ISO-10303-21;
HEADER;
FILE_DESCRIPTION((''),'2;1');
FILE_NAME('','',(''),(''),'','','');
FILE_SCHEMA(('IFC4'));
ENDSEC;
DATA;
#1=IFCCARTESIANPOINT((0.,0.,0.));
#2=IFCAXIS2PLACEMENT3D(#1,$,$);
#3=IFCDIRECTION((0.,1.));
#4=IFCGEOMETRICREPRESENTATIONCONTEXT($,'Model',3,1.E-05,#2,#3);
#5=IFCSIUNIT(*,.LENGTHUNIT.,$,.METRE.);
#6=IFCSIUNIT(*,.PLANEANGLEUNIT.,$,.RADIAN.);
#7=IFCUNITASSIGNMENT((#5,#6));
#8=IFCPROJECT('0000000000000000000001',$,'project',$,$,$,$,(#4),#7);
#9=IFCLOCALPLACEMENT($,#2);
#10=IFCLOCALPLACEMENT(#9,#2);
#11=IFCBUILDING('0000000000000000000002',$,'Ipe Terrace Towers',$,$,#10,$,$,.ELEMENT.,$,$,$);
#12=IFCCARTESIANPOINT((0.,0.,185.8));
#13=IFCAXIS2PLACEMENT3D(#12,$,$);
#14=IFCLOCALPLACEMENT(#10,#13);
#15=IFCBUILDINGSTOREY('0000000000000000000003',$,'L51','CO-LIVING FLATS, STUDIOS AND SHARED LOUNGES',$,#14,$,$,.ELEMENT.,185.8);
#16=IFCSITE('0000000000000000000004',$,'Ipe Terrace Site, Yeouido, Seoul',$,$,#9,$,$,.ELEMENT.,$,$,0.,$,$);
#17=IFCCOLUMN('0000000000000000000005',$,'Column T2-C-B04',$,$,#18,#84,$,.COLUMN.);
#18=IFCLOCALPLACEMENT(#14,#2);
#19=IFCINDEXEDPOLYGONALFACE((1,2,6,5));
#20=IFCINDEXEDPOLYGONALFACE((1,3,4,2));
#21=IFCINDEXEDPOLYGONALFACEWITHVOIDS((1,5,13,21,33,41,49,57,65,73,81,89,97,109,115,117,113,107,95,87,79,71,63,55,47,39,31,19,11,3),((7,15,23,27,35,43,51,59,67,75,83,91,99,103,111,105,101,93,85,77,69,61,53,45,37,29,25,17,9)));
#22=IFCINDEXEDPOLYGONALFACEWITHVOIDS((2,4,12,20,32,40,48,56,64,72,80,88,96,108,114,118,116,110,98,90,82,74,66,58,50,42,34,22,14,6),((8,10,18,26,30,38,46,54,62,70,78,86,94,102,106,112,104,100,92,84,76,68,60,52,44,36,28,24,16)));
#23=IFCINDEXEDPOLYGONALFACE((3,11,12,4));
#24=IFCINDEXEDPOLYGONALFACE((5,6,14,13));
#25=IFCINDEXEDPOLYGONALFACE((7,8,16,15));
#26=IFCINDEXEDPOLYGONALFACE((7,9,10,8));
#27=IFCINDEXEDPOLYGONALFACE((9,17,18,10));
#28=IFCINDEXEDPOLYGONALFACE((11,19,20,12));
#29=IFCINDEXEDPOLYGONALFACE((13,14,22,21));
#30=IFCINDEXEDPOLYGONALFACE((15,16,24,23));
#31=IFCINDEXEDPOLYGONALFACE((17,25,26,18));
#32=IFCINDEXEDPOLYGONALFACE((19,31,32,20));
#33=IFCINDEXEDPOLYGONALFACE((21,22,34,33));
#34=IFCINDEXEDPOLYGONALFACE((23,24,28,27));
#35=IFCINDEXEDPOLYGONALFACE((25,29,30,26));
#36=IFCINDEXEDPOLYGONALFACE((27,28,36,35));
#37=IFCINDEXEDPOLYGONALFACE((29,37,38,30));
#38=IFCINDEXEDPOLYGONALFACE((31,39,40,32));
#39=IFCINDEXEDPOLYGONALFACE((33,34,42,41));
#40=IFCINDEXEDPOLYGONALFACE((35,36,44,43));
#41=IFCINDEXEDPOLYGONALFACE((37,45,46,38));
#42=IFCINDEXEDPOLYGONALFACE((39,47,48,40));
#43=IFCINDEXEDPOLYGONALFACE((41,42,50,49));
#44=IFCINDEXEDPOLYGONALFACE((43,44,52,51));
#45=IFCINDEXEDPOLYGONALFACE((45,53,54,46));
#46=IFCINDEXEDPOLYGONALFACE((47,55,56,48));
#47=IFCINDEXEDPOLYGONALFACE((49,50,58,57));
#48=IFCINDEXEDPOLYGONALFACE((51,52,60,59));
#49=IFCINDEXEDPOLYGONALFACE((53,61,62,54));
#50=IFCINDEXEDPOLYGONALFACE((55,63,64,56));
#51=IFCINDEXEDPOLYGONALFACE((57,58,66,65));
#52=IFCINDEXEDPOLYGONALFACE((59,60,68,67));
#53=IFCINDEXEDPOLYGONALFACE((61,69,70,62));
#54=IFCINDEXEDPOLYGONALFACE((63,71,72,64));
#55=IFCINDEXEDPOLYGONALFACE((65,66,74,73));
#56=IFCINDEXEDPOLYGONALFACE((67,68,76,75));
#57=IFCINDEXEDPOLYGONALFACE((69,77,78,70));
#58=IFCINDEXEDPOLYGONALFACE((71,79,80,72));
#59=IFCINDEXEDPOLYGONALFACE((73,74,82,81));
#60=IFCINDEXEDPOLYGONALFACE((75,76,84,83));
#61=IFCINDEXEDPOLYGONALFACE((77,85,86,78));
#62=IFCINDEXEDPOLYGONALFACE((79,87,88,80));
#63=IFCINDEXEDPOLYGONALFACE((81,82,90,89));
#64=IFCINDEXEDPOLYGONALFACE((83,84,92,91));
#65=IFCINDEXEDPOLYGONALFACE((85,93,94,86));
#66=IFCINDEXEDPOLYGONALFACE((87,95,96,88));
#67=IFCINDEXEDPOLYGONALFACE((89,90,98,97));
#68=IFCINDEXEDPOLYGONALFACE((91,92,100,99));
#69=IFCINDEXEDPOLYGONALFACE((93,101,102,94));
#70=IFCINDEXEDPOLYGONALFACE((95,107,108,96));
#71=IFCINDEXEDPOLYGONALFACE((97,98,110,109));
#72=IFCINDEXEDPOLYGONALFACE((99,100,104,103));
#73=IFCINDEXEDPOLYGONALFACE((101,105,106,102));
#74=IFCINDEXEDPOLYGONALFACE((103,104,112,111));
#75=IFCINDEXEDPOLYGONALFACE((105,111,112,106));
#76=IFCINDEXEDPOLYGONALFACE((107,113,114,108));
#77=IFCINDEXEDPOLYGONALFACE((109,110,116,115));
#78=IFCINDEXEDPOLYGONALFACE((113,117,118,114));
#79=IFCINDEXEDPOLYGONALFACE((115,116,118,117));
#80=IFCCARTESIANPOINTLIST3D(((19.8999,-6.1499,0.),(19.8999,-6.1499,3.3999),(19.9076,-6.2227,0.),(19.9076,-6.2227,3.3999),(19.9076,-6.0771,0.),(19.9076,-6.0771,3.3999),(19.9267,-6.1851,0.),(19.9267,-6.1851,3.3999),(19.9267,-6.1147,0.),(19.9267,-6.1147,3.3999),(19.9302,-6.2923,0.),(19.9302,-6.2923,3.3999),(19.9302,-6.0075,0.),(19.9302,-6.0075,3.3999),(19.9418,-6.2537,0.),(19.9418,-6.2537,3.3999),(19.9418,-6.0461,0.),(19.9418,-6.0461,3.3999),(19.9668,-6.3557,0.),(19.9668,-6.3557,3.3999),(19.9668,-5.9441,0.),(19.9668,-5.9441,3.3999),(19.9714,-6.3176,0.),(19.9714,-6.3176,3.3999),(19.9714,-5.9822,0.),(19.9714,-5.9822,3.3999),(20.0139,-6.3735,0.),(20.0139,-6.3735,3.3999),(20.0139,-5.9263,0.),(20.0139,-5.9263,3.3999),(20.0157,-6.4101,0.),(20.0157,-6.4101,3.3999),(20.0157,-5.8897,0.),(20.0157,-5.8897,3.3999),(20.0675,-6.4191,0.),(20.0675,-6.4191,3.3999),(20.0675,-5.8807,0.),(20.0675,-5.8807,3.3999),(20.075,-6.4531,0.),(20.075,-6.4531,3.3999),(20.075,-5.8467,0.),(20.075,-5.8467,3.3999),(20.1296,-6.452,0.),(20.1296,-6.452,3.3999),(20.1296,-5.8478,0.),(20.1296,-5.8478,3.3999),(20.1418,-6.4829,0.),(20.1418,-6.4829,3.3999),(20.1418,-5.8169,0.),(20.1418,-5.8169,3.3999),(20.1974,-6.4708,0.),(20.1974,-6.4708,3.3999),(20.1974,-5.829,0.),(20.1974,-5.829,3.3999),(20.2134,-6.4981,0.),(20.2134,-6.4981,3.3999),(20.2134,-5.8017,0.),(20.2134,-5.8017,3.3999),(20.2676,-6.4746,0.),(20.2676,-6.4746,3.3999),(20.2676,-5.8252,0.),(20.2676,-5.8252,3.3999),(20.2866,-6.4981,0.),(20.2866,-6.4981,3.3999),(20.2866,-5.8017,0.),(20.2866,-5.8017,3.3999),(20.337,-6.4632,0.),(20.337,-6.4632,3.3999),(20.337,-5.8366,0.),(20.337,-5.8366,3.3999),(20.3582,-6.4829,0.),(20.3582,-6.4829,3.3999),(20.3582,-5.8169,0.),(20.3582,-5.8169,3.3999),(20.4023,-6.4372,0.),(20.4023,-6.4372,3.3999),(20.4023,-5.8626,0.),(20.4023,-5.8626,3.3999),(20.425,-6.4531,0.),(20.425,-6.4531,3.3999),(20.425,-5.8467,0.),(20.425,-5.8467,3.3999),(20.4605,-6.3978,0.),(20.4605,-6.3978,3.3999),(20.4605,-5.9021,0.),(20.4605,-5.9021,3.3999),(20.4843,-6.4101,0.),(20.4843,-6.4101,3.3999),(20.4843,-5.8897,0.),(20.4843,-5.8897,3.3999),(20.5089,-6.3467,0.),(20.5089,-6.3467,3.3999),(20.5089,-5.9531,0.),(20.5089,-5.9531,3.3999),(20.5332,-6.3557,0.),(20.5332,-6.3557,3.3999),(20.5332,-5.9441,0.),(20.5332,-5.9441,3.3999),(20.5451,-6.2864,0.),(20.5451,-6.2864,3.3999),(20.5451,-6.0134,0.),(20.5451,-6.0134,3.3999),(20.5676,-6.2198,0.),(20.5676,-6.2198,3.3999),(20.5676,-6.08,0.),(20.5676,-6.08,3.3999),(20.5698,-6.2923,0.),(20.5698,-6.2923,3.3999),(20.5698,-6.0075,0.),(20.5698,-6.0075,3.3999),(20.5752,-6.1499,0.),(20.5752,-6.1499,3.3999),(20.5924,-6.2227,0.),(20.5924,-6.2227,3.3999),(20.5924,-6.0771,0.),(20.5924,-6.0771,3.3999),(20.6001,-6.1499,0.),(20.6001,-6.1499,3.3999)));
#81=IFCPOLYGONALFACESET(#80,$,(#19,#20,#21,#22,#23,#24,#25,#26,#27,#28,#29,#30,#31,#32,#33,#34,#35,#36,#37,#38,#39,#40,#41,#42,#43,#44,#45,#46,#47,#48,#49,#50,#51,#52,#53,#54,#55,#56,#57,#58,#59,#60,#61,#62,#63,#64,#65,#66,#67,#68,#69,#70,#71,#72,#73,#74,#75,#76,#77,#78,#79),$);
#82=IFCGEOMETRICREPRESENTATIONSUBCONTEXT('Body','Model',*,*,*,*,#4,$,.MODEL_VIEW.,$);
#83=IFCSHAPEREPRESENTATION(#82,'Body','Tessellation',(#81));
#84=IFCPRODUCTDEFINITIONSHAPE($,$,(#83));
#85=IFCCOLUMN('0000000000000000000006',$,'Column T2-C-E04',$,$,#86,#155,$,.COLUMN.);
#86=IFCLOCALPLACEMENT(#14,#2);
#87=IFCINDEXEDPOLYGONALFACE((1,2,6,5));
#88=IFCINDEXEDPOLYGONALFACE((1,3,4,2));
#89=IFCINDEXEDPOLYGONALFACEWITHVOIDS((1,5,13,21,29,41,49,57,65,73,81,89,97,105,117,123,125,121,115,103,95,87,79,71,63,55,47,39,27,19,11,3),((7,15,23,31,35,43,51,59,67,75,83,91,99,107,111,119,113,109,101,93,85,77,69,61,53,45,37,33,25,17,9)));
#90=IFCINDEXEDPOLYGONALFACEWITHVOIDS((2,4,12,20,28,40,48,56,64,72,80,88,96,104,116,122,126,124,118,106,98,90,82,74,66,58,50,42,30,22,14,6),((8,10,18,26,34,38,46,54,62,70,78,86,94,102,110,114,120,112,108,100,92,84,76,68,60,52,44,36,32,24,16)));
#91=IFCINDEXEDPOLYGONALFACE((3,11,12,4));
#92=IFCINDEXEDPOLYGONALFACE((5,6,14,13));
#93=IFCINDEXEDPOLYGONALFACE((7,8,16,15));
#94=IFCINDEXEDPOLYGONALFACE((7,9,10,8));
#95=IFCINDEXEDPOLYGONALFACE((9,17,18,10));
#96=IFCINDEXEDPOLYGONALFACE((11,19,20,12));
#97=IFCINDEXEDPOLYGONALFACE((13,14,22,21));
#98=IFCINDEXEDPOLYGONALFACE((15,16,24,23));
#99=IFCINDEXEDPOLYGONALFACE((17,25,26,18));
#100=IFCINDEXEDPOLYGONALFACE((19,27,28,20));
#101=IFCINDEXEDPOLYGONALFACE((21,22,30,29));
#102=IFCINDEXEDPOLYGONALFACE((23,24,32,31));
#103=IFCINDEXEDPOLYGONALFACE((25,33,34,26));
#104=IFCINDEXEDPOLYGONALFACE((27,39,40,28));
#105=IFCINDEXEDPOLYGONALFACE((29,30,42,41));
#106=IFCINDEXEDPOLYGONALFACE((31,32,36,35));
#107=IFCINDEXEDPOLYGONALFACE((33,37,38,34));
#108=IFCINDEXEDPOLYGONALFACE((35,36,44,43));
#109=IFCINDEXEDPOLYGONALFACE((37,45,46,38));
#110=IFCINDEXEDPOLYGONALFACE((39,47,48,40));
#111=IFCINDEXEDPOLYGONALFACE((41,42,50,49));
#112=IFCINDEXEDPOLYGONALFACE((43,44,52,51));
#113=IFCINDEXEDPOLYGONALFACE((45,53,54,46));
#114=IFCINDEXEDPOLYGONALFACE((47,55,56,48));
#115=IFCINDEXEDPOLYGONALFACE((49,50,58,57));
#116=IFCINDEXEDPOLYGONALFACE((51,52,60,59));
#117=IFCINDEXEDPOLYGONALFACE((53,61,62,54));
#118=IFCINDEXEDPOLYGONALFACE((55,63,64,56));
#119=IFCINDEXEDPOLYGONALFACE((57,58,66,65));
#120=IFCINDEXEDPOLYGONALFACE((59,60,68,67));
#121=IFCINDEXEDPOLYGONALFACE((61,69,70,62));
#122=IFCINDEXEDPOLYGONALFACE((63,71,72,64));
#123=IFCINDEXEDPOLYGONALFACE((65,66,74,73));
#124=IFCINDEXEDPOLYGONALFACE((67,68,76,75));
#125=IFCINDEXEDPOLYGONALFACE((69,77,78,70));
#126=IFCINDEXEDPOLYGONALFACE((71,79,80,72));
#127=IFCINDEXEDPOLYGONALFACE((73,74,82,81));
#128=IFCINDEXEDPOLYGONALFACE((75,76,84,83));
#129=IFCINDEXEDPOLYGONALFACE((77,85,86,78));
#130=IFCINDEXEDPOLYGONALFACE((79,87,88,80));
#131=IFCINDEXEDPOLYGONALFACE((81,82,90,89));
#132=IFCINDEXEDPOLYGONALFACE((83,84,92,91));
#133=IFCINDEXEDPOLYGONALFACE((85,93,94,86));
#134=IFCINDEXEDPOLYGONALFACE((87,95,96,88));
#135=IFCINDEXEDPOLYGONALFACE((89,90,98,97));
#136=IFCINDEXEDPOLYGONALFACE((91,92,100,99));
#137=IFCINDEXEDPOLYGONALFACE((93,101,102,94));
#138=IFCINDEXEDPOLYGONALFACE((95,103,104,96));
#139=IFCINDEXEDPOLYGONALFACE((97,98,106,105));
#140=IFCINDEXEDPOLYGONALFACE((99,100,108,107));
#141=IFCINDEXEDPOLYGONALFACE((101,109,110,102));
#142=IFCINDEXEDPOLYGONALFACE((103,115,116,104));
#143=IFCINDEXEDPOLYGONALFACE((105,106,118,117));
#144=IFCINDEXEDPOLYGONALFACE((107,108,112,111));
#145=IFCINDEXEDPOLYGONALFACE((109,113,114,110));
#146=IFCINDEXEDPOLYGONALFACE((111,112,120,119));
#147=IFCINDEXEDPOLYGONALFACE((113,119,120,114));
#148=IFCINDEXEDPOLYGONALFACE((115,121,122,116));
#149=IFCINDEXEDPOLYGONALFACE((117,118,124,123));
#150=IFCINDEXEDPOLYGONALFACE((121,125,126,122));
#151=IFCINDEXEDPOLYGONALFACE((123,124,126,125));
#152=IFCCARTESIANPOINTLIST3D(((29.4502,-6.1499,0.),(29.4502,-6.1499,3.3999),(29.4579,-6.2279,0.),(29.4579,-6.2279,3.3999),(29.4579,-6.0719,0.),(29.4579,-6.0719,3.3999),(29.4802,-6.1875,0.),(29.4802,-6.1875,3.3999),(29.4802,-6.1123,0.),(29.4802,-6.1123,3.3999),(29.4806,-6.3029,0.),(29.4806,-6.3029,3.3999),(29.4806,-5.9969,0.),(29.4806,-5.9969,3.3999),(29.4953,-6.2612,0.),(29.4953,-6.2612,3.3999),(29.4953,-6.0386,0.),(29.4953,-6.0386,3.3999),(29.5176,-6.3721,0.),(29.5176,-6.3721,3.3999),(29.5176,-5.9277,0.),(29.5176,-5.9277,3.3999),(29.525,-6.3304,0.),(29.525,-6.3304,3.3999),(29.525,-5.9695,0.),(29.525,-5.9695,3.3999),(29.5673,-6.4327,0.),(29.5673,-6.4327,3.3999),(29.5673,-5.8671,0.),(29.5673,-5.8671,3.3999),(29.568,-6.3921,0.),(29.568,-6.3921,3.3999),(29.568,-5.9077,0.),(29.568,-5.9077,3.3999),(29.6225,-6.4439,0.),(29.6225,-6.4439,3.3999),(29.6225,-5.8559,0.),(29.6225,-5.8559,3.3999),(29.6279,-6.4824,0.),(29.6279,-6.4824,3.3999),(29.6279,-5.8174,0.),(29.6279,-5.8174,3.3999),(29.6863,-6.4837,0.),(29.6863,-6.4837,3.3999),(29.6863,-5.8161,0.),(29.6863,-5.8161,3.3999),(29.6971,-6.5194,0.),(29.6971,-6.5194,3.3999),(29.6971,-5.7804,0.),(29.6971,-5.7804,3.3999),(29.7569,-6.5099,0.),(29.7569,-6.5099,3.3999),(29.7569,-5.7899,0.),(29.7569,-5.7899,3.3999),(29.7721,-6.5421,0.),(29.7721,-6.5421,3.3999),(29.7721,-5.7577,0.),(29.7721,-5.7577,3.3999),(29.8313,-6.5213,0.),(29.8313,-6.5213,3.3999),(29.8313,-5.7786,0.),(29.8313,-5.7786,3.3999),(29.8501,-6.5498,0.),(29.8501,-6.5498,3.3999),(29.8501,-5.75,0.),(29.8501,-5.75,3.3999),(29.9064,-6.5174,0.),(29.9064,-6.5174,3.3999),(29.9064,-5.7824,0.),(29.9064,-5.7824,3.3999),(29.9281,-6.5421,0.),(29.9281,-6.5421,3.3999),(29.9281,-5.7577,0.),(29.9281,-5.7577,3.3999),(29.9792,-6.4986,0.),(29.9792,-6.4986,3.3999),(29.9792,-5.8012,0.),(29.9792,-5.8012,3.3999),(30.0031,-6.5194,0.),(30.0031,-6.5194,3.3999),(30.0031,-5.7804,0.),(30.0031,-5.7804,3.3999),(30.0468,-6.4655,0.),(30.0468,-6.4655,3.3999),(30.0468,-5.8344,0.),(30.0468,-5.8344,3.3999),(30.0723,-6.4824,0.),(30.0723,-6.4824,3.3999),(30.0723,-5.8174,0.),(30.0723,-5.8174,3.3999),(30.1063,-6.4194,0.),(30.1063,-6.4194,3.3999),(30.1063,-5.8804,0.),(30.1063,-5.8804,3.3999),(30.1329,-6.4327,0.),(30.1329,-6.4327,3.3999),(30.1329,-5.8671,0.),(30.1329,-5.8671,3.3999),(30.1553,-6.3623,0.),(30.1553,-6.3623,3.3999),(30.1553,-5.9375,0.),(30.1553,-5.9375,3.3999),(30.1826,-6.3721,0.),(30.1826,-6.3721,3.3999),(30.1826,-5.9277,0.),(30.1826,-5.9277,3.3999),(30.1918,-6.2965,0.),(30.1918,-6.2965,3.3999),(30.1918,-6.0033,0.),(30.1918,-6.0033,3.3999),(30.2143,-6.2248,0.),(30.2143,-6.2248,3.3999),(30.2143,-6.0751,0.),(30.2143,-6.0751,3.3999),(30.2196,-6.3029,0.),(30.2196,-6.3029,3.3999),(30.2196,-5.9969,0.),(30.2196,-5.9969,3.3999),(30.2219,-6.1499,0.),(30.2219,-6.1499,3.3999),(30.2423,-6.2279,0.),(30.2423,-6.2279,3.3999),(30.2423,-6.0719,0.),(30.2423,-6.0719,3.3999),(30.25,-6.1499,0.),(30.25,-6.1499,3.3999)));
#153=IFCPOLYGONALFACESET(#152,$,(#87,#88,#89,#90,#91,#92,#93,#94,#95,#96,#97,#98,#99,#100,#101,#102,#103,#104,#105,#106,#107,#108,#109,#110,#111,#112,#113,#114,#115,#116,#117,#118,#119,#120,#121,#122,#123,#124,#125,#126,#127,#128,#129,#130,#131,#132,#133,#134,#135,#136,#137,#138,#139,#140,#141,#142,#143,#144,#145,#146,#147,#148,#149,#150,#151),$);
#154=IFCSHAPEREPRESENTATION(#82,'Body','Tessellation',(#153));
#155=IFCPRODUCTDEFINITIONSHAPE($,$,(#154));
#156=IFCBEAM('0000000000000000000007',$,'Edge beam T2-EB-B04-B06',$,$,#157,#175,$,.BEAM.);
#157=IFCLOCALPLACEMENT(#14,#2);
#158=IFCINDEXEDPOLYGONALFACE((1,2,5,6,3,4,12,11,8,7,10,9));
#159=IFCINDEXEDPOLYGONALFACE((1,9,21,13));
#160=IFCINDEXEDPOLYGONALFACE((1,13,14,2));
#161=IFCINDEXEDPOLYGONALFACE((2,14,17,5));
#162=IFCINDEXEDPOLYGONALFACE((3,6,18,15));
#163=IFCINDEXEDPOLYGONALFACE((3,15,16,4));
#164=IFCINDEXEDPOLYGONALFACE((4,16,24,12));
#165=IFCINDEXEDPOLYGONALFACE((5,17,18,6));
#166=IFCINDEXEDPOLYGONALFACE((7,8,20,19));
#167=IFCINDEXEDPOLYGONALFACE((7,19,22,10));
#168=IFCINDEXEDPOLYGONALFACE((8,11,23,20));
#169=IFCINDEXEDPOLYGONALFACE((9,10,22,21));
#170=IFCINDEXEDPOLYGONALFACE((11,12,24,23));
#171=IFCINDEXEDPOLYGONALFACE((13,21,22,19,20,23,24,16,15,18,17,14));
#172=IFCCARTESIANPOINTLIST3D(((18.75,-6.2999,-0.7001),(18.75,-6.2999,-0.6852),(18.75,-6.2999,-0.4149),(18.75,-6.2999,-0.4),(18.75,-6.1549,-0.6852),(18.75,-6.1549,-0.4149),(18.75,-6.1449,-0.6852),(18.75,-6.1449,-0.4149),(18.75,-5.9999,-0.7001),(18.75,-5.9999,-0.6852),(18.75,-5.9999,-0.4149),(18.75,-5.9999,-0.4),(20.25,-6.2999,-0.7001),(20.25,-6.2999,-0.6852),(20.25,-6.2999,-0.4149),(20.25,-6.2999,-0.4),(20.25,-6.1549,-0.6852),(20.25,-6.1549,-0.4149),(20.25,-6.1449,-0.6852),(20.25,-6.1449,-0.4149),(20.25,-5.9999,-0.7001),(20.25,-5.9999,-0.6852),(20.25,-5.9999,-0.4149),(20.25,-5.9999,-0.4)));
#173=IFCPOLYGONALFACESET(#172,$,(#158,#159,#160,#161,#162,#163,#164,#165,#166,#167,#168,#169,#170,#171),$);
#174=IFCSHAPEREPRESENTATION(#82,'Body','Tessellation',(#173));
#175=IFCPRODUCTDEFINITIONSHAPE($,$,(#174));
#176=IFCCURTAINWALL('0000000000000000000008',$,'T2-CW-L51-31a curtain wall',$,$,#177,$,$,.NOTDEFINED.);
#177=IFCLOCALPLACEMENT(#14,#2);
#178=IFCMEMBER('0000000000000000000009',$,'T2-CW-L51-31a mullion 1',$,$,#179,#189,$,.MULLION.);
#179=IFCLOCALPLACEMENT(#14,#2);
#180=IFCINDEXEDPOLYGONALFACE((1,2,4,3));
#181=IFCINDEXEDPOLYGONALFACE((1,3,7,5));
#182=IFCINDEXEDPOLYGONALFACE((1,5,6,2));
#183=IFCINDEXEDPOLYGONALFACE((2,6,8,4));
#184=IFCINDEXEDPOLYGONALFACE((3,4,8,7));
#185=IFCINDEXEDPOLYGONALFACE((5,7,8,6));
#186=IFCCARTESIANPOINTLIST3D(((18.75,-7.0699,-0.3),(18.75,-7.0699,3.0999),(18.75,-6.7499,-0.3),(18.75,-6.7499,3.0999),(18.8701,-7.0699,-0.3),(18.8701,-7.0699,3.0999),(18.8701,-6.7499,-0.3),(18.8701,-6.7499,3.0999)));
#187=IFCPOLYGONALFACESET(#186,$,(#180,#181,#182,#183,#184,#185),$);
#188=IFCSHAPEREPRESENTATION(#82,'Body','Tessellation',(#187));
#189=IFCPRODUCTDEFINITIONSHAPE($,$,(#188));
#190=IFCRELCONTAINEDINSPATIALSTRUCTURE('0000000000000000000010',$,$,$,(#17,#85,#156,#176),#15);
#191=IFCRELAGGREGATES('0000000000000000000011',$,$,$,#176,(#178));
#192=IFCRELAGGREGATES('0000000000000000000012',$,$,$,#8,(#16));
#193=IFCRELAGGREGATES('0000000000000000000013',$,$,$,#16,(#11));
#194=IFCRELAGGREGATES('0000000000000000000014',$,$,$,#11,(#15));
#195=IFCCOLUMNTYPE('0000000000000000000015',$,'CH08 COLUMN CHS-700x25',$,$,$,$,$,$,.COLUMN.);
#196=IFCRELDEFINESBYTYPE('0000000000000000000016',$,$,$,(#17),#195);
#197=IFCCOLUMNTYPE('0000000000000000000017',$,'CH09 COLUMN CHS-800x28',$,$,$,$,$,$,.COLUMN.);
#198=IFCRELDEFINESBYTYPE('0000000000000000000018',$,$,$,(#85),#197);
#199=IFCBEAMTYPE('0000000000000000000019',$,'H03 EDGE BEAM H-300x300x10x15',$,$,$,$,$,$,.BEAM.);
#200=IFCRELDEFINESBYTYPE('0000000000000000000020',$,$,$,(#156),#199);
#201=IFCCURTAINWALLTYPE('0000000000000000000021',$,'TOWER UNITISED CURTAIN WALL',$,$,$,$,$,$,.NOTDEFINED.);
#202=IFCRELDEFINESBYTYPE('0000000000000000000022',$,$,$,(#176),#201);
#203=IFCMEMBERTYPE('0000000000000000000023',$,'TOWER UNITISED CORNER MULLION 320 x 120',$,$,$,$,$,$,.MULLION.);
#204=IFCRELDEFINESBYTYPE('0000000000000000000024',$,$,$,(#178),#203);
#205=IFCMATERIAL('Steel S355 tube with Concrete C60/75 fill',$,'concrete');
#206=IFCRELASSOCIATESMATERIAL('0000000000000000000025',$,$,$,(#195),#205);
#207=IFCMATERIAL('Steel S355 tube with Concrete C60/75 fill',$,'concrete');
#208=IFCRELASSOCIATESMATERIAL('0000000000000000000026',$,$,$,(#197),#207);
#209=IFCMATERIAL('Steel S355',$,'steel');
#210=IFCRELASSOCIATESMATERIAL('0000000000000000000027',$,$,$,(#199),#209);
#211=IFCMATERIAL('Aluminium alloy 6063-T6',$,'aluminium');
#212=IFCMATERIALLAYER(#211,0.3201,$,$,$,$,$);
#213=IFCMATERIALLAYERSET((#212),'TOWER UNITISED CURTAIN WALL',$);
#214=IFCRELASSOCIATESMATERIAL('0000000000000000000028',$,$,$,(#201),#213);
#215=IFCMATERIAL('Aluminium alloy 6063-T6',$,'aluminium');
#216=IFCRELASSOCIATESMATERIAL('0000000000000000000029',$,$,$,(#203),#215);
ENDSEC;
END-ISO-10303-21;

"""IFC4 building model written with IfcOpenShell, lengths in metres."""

from ifc_helpers import new_model, si_unit, direction, frame, origin, origin_2d, place, context, subcontext, project, spatial, rectangle, hollow_circle, i_section, extrude, material, layer, layer_set, material_profile, profile_set, type_object, element, aggregate, save


model = new_model("IFC4")

# Units and contexts
model_context = context("Model", 3, precision=1e-05, world=origin(), true_north=direction((0.0, 1.0)))
body_context = subcontext(model_context, "Body", "Model", "MODEL_VIEW")
ifc_project = project(units=[si_unit("LENGTHUNIT", "METRE"), si_unit("PLANEANGLEUNIT", "RADIAN")], contexts=[model_context])

# Site, building, storey
site_placement = place(None, origin())
site = spatial("IfcSite", under=ifc_project, at=site_placement, Name="Ipe Terrace Site, Yeouido, Seoul", CompositionType="ELEMENT", RefElevation=0.0)
building_placement = place(site_placement, origin())
building = spatial("IfcBuilding", under=site, at=building_placement, Name="Ipe Terrace Towers", CompositionType="ELEMENT")
storey_placement = place(building_placement, frame((0.0, 0.0, 185.8)))
storey = spatial("IfcBuildingStorey", under=building, at=storey_placement, Name="L51", Description="CO-LIVING FLATS, STUDIOS AND SHARED LOUNGES", CompositionType="ELEMENT", Elevation=185.8)

# Columns
ifc_material_1 = material(Name="Steel S355 tube with Concrete C60/75 fill", Category="concrete")
ifc_material_profile_1 = material_profile(ifc_material_1, hollow_circle(Radius=0.3501, WallThickness=0.0249, at=origin_2d()), Name="CHS-700x25")
ifc_profile_set_1 = profile_set([ifc_material_profile_1], Name="Steel S355 tube with Concrete C60/75 fill")
column_type_1 = type_object("IfcColumnType", Name="CH08 COLUMN CHS-700x25", PredefinedType="COLUMN", material=ifc_profile_set_1)
column_1_placement = place(storey_placement, frame((20.25, -6.1499, 0.0), z_axis=(0.0, 0.0, 1.0), x_axis=(1.0, 0.0, 0.0)))
element("IfcColumn", 1, at=column_1_placement, inside=storey, type_object=column_type_1, Name="Column T2-C-B04", PredefinedType="COLUMN", context=body_context, shape_type="SweptSolid", body=[
    extrude(hollow_circle(Radius=0.3501, WallThickness=0.0249, at=origin_2d()), origin(), (0.0, 0.0, 1.0), 3.3999),
])
ifc_material_2 = material(Name="Steel S355 tube with Concrete C60/75 fill", Category="concrete")
ifc_material_profile_2 = material_profile(ifc_material_2, hollow_circle(Radius=0.3999, WallThickness=0.0281, at=origin_2d()), Name="CHS-800x28")
ifc_profile_set_2 = profile_set([ifc_material_profile_2], Name="Steel S355 tube with Concrete C60/75 fill")
column_type_2 = type_object("IfcColumnType", Name="CH09 COLUMN CHS-800x28", PredefinedType="COLUMN", material=ifc_profile_set_2)
column_2_placement = place(storey_placement, frame((29.8501, -6.1499, 0.0), z_axis=(0.0, 0.0, 1.0), x_axis=(1.0, 0.0, 0.0)))
element("IfcColumn", 2, at=column_2_placement, inside=storey, type_object=column_type_2, Name="Column T2-C-E04", PredefinedType="COLUMN", context=body_context, shape_type="SweptSolid", body=[
    extrude(hollow_circle(Radius=0.3999, WallThickness=0.0281, at=origin_2d()), origin(), (0.0, 0.0, 1.0), 3.3999),
])

# Beam
ifc_material_3 = material(Name="Steel S355", Category="steel")
ifc_material_profile_3 = material_profile(ifc_material_3, i_section(OverallWidth=0.3, OverallDepth=0.3, WebThickness=0.01, FlangeThickness=0.0149, at=origin_2d()), Name="H-300x300x10x15")
ifc_profile_set_3 = profile_set([ifc_material_profile_3], Name="Steel S355")
beam_type = type_object("IfcBeamType", Name="H03 EDGE BEAM H-300x300x10x15", PredefinedType="BEAM", material=ifc_profile_set_3)
beam_placement = place(storey_placement, frame((20.25, -6.1499, -0.55), z_axis=(-1.0, 0.0, 0.0), x_axis=(0.0, -1.0, 0.0)))
element("IfcBeam", 3, at=beam_placement, inside=storey, type_object=beam_type, Name="Edge beam T2-EB-B04-B06", PredefinedType="BEAM", context=body_context, shape_type="SweptSolid", body=[
    extrude(i_section(OverallWidth=0.3, OverallDepth=0.3, WebThickness=0.01, FlangeThickness=0.0149, at=origin_2d()), origin(), (0.0, 0.0, 1.0), 1.5),
])

# Curtain wall, member
ifc_material_4 = material(Name="Aluminium alloy 6063-T6", Category="aluminium")
ifc_layer_1 = layer(ifc_material_4, 0.3201)
ifc_layer_set_1 = layer_set([ifc_layer_1], Name="TOWER UNITISED CURTAIN WALL")
curtain_wall_type = type_object("IfcCurtainWallType", Name="TOWER UNITISED CURTAIN WALL", PredefinedType="NOTDEFINED", material=ifc_layer_set_1)
curtain_wall_1_placement = place(storey_placement, origin())
curtain_wall_1 = element("IfcCurtainWall", 4, at=curtain_wall_1_placement, inside=storey, type_object=curtain_wall_type, Name="T2-CW-L51-31a curtain wall", PredefinedType="NOTDEFINED")
ifc_material_5 = material(Name="Aluminium alloy 6063-T6", Category="aluminium")
ifc_material_profile_4 = material_profile(ifc_material_5, rectangle(XDim=0.3201, YDim=0.1201, at=origin_2d()), Name="TOWER UNITISED CORNER MULLION 320 x 120")
ifc_profile_set_4 = profile_set([ifc_material_profile_4], Name="Aluminium alloy 6063-T6")
member_type = type_object("IfcMemberType", Name="TOWER UNITISED CORNER MULLION 320 x 120", PredefinedType="MULLION", material=ifc_profile_set_4)
member_1_placement = place(storey_placement, frame((18.8101, -6.9099, -0.3), z_axis=(0.0, 0.0, 1.0), x_axis=(0.0, -1.0, 0.0)))
member_1 = element("IfcMember", 5, at=member_1_placement, type_object=member_type, Name="T2-CW-L51-31a mullion 1", PredefinedType="MULLION", context=body_context, shape_type="SweptSolid", body=[
    extrude(rectangle(XDim=0.3201, YDim=0.1201, at=origin_2d()), origin(), (0.0, 0.0, 1.0), 3.3999),
])

aggregate(curtain_wall_1, [member_1])

save(model, "model.ifc")
